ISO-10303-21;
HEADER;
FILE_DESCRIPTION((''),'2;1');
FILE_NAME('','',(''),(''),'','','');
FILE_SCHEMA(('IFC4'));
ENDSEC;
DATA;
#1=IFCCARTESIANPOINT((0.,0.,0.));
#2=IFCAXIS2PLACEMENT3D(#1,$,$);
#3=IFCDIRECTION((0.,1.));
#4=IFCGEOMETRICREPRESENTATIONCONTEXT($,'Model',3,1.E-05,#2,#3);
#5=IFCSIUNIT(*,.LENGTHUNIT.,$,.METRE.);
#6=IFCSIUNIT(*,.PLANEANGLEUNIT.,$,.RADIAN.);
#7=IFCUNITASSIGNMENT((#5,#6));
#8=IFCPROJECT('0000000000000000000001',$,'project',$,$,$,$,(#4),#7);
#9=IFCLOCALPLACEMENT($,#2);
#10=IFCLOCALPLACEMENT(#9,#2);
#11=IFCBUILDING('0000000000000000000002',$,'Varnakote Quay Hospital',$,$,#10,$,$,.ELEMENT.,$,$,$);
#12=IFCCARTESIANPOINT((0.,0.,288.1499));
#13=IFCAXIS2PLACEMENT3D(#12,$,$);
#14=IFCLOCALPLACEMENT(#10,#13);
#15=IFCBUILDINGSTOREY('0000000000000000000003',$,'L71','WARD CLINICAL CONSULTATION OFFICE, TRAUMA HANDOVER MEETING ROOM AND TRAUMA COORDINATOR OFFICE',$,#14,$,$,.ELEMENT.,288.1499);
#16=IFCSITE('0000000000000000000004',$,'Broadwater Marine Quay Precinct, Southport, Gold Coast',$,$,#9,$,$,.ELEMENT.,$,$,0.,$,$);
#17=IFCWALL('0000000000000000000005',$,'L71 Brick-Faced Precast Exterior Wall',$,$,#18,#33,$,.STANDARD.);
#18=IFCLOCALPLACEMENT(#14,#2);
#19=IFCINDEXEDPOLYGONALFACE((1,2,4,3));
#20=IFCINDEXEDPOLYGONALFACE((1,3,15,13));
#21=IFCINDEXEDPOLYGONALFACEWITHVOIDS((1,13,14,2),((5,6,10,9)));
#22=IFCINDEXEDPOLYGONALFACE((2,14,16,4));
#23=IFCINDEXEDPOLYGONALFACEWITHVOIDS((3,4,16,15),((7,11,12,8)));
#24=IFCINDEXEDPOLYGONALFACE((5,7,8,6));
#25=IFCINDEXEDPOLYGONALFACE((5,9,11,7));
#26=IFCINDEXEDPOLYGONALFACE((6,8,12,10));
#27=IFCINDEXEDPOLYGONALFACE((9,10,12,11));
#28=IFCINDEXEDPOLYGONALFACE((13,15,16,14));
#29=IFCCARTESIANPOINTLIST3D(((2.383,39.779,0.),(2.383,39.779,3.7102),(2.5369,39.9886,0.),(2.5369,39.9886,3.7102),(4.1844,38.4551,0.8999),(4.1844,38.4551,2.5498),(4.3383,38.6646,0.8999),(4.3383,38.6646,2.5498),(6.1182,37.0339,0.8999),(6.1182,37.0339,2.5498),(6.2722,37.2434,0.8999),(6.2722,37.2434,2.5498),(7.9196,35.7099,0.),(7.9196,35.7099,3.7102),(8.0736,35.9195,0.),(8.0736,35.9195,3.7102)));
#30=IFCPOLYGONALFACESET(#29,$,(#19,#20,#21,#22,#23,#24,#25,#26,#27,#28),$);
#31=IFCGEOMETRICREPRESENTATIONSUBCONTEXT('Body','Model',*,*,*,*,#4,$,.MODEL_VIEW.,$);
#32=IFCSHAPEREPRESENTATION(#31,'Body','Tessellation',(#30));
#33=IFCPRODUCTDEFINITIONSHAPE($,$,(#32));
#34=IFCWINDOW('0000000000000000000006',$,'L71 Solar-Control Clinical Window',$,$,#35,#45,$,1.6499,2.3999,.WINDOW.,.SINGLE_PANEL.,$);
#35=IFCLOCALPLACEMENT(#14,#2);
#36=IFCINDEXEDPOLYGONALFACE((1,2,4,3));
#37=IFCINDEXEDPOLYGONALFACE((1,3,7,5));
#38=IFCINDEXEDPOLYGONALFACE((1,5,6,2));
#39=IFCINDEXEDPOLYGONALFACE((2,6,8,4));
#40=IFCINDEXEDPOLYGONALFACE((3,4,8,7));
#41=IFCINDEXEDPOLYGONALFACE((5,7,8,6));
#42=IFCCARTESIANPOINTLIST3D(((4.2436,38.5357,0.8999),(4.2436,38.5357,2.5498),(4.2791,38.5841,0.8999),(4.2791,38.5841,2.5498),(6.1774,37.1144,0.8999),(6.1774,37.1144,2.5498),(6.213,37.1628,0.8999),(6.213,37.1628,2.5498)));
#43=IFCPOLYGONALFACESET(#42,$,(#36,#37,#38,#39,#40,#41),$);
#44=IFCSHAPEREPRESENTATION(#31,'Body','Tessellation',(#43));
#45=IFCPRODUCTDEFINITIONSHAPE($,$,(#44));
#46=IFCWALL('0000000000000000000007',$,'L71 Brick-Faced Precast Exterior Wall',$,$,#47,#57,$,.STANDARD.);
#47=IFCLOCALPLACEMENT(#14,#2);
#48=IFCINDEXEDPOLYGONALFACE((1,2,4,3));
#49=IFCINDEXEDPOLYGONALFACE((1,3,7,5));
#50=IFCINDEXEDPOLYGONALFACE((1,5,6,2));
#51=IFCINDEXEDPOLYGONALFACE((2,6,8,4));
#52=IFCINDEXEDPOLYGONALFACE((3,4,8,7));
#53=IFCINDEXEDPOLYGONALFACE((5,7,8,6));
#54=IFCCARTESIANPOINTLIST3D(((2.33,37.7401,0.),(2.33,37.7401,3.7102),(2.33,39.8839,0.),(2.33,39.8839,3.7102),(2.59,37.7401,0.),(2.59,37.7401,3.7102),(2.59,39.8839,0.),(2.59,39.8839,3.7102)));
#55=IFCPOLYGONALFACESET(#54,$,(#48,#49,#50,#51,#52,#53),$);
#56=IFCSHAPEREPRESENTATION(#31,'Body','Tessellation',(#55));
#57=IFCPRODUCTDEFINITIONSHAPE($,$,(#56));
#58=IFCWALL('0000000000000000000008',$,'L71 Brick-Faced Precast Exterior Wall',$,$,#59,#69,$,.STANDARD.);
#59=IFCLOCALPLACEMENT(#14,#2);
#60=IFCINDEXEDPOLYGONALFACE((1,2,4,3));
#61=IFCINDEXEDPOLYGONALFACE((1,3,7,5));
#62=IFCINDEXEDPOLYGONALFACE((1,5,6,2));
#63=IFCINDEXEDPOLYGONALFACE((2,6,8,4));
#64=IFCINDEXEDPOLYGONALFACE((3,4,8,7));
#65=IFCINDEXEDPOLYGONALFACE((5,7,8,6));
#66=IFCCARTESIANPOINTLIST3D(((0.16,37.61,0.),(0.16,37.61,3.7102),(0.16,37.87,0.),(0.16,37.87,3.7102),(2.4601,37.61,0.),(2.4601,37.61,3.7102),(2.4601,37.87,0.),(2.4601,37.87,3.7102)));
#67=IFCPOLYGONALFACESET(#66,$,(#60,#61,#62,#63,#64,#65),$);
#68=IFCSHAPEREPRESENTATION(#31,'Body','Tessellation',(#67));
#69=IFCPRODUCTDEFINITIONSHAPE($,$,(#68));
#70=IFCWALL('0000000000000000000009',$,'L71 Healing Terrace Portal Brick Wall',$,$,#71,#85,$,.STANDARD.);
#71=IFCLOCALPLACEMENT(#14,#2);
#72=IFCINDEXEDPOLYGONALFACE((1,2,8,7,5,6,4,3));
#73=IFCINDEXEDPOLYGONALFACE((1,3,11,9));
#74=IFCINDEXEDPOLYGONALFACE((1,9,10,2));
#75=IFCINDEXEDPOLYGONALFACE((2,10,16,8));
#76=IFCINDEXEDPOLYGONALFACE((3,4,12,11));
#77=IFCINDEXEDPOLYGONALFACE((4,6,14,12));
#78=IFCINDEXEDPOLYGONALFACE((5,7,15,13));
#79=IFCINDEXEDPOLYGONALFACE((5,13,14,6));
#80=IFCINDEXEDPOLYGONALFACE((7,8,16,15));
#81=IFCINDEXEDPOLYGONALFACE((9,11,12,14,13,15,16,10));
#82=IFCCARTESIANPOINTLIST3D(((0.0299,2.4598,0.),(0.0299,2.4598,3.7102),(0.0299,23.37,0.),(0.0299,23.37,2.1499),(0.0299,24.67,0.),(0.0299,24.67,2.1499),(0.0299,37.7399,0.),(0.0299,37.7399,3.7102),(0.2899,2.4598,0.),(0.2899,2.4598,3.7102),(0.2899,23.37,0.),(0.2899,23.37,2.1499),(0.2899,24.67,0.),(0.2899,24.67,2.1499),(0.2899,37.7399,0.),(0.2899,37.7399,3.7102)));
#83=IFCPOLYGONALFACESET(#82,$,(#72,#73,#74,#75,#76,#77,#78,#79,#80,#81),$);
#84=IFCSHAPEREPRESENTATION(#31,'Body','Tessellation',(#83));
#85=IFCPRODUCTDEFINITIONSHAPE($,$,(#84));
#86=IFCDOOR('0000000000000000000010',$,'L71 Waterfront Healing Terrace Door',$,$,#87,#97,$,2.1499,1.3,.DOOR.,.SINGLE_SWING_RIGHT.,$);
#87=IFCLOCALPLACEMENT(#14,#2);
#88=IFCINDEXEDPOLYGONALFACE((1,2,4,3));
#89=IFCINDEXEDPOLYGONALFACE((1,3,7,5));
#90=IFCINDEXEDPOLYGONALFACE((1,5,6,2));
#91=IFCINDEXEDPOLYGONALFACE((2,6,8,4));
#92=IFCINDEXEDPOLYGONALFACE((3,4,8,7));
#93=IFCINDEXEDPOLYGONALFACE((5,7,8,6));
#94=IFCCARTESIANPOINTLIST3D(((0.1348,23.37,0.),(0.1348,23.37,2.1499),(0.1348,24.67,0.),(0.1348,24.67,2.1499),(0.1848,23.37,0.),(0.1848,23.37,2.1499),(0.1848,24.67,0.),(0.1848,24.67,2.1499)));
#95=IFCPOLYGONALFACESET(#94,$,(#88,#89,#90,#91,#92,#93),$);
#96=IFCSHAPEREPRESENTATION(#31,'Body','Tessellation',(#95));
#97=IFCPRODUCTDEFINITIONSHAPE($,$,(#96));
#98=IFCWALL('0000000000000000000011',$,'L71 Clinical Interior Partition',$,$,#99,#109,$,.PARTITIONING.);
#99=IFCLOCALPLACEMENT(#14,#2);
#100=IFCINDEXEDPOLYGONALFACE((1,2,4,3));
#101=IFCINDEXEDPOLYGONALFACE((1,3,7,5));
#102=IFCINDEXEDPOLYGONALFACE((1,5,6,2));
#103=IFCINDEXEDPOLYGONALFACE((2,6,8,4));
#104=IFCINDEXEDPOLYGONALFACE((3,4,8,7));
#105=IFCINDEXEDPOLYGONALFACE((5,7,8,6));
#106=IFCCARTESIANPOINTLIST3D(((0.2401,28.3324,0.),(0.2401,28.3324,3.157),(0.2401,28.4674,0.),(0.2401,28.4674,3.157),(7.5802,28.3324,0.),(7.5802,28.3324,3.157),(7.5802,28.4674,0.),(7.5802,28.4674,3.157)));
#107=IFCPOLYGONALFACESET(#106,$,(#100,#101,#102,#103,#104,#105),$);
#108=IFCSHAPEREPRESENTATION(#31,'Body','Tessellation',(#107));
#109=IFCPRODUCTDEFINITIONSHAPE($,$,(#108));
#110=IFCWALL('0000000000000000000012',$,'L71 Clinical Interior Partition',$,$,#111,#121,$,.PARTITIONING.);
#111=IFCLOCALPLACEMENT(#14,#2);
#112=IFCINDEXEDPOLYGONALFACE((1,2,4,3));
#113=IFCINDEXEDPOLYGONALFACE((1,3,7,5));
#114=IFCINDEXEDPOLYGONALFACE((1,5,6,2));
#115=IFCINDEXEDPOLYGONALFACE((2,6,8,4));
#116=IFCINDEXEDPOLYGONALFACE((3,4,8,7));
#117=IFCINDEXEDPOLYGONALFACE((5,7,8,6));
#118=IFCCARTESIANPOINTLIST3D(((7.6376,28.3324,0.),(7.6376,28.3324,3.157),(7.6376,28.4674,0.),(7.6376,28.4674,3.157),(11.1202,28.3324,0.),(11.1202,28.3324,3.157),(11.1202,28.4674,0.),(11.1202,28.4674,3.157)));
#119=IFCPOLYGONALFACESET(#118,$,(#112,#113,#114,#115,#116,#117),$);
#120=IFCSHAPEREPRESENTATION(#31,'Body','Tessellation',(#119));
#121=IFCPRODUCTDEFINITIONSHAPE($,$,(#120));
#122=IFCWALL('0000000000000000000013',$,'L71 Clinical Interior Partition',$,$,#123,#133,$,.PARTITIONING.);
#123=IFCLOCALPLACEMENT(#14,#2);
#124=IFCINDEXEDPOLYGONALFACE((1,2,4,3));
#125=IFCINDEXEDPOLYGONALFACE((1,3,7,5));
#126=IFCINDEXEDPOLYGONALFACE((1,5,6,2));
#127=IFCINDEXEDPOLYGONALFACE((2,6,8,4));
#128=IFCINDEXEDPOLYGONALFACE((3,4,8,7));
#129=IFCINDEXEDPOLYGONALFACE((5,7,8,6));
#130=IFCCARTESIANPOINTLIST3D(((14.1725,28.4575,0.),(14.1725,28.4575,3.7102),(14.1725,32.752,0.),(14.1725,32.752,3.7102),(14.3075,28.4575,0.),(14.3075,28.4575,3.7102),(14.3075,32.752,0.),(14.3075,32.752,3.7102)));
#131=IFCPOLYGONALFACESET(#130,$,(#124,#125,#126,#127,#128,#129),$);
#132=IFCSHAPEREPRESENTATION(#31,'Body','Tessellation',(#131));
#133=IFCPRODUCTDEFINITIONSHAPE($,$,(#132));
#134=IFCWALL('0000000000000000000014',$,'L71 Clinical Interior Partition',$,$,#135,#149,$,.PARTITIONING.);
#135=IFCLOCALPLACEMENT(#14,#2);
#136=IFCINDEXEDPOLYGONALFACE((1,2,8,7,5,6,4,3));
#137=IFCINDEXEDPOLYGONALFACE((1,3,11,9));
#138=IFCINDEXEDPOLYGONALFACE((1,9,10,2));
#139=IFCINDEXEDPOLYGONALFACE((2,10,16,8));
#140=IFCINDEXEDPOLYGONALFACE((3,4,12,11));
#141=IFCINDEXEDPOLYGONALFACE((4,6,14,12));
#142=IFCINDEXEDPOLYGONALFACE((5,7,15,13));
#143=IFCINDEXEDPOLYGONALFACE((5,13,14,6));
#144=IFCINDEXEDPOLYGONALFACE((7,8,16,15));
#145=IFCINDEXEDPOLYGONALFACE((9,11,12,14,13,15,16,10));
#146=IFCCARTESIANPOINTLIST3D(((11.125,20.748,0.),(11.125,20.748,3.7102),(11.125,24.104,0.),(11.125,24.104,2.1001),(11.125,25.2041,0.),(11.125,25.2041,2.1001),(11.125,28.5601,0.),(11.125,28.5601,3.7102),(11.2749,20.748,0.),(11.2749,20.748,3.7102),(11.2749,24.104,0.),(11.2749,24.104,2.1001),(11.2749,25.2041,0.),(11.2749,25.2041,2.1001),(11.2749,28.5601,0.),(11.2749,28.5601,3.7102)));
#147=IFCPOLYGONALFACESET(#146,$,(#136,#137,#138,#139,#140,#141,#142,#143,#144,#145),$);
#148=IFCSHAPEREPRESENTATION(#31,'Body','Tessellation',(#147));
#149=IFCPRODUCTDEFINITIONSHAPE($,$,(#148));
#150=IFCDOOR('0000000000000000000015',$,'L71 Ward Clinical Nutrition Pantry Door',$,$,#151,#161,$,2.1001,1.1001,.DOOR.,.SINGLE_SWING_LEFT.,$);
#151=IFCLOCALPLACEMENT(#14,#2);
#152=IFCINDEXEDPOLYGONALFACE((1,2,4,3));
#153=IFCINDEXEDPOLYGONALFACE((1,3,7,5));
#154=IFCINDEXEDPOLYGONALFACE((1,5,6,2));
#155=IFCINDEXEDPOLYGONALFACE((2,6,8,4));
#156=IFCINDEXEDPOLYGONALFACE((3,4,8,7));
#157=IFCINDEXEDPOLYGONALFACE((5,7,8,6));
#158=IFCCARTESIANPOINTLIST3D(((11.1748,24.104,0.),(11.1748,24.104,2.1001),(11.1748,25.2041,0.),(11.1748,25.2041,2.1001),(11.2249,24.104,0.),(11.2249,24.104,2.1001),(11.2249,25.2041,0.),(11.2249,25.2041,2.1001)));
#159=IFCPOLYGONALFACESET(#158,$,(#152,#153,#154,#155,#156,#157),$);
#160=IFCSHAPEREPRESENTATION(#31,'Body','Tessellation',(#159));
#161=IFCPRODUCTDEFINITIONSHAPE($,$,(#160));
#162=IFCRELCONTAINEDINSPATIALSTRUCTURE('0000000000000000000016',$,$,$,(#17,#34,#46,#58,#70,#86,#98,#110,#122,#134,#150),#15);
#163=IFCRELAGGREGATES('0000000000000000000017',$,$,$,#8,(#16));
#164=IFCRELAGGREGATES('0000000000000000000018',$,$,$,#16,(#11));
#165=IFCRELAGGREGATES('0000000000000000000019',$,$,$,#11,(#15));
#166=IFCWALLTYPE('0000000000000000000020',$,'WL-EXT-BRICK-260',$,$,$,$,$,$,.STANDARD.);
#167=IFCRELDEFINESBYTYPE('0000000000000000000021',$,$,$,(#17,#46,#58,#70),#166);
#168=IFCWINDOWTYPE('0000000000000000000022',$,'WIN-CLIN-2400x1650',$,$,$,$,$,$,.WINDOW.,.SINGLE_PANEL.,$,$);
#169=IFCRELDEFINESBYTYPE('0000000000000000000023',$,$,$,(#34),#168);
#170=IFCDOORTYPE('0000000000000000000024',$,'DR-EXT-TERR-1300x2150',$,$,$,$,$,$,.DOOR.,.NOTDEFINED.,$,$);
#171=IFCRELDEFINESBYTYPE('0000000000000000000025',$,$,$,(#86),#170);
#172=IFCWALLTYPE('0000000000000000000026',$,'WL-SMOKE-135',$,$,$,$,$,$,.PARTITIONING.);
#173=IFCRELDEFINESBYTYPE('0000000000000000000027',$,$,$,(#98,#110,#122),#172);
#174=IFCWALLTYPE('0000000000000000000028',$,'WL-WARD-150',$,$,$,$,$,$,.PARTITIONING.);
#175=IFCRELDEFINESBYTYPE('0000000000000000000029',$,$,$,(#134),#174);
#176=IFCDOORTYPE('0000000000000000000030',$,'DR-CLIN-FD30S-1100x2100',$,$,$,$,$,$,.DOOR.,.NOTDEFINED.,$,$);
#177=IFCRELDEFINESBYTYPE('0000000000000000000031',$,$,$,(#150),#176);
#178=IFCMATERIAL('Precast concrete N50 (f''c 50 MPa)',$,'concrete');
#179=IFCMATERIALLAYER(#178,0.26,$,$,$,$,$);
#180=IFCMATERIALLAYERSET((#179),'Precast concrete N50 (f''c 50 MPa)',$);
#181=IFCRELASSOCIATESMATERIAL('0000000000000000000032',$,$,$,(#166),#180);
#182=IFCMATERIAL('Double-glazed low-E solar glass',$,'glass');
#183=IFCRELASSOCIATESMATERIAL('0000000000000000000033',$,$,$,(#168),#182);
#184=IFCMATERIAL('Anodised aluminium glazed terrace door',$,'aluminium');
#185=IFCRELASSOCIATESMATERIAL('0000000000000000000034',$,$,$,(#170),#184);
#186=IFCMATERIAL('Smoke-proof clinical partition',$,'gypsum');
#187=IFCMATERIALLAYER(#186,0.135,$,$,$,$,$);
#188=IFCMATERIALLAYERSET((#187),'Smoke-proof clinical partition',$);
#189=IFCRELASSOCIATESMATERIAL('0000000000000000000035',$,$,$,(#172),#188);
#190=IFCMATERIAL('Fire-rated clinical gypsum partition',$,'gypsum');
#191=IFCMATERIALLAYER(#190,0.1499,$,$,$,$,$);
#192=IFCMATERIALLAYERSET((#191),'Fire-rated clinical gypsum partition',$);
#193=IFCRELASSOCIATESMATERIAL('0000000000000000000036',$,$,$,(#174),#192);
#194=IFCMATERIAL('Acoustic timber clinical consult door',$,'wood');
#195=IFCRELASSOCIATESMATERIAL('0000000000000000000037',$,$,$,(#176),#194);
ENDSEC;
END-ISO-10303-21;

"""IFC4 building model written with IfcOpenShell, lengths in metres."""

from ifc_helpers import new_model, si_unit, direction, frame, frame_2d, origin, place, context, subcontext, project, spatial, rectangle, extrude, material, layer, layer_set, type_object, element, fill, save


model = new_model("IFC4")

# Units and contexts
model_context = context("Model", 3, precision=1e-05, world=origin(), true_north=direction((0.0, 1.0)))
body_context = subcontext(model_context, "Body", "Model", "MODEL_VIEW")
ifc_project = project(units=[si_unit("LENGTHUNIT", "METRE"), si_unit("PLANEANGLEUNIT", "RADIAN")], contexts=[model_context])

# Site, building, storey
site_placement = place(None, origin())
site = spatial("IfcSite", under=ifc_project, at=site_placement, Name="Broadwater Marine Quay Precinct, Southport, Gold Coast", CompositionType="ELEMENT", RefElevation=0.0)
building_placement = place(site_placement, origin())
building = spatial("IfcBuilding", under=site, at=building_placement, Name="Varnakote Quay Hospital", CompositionType="ELEMENT")
storey_placement = place(building_placement, frame((0.0, 0.0, 288.1499)))
storey = spatial("IfcBuildingStorey", under=building, at=storey_placement, Name="L71", Description="WARD CLINICAL CONSULTATION OFFICE, TRAUMA HANDOVER MEETING ROOM AND TRAUMA COORDINATOR OFFICE", CompositionType="ELEMENT", Elevation=288.1499)

# Wall, opening, window
ifc_material_1 = material(Name="Precast concrete N50 (f'c 50 MPa)", Category="concrete")
ifc_layer_1 = layer(ifc_material_1, 0.26)
ifc_layer_set_1 = layer_set([ifc_layer_1], Name="Precast concrete N50 (f'c 50 MPa)")
wall_type_1 = type_object("IfcWallType", Name="WL-EXT-BRICK-260", PredefinedType="STANDARD", material=ifc_layer_set_1)
ifc_material_2 = material(Name="Double-glazed low-E solar glass", Category="glass")
window_type = type_object("IfcWindowType", Name="WIN-CLIN-2400x1650", PartitioningType="SINGLE_PANEL", PredefinedType="WINDOW", material=ifc_material_2)
wall_1_placement = place(storey_placement, frame((7.9966, 35.8147, 0.0), z_axis=(0.0, 0.0, 1.0), x_axis=(-0.805787, 0.592206, 0.0)))
wall_1 = element("IfcWall", 1, at=wall_1_placement, inside=storey, type_object=wall_type_1, Name="L71 Brick-Faced Precast Exterior Wall", PredefinedType="STANDARD", context=body_context, shape_type="SweptSolid", body=[
    extrude(rectangle(XDim=6.8711, YDim=0.26, at=frame_2d((3.4355, 0.0))), origin(), (0.0, 0.0, 1.0), 3.7102),
])
opening_1_placement = place(wall_1_placement, frame((2.2356, 0.0, 0.8999)))
opening_1 = element("IfcOpeningElement", 2, at=opening_1_placement, cuts=wall_1, PredefinedType="OPENING", context=body_context, shape_type="SweptSolid", body=[
    extrude(rectangle(XDim=2.3999, YDim=1.6499, at=frame_2d((1.2, 0.825))), frame((0.0, 0.1399, 0.0), z_axis=(0.0, -1.0, 0.0), x_axis=(1.0, 0.0, 0.0)), (0.0, 0.0, 1.0), 0.28),
])
window_1_placement = place(opening_1_placement, origin())
window_1 = element("IfcWindow", 3, at=window_1_placement, inside=storey, type_object=window_type, Name="L71 Solar-Control Clinical Window", OverallHeight=1.6499, OverallWidth=2.3999, PartitioningType="SINGLE_PANEL", PredefinedType="WINDOW", context=body_context, shape_type="SweptSolid", body=[
    extrude(rectangle(XDim=2.3999, YDim=1.6499, at=frame_2d((1.2, 0.825))), frame((0.0, 0.03, 0.0), z_axis=(0.0, -1.0, 0.0), x_axis=(1.0, 0.0, 0.0)), (0.0, 0.0, 1.0), 0.0601),
])
fill(opening_1, window_1)

# Walls
wall_2_placement = place(storey_placement, frame((2.46, 39.8838, 0.0), z_axis=(0.0, 0.0, 1.0), x_axis=(0.0, -1.0, 0.0)))
element("IfcWall", 4, at=wall_2_placement, inside=storey, type_object=wall_type_1, Name="L71 Brick-Faced Precast Exterior Wall", PredefinedType="STANDARD", context=body_context, shape_type="SweptSolid", body=[
    extrude(rectangle(XDim=2.1438, YDim=0.26, at=frame_2d((1.0718, 0.0))), origin(), (0.0, 0.0, 1.0), 3.7102),
])
wall_3_placement = place(storey_placement, frame((2.46, 37.74, 0.0), z_axis=(0.0, 0.0, 1.0), x_axis=(-1.0, 0.0, 0.0)))
element("IfcWall", 5, at=wall_3_placement, inside=storey, type_object=wall_type_1, Name="L71 Brick-Faced Precast Exterior Wall", PredefinedType="STANDARD", context=body_context, shape_type="SweptSolid", body=[
    extrude(rectangle(XDim=2.3, YDim=0.26, at=frame_2d((1.1499, 0.0))), origin(), (0.0, 0.0, 1.0), 3.7102),
])

# Wall, opening, door
wall_4_placement = place(storey_placement, frame((0.1599, 37.74, 0.0), z_axis=(0.0, 0.0, 1.0), x_axis=(0.0, -1.0, 0.0)))
wall_4 = element("IfcWall", 6, at=wall_4_placement, inside=storey, type_object=wall_type_1, Name="L71 Healing Terrace Portal Brick Wall", PredefinedType="STANDARD", context=body_context, shape_type="SweptSolid", body=[
    extrude(rectangle(XDim=35.28, YDim=0.26, at=frame_2d((17.6401, 0.0))), origin(), (0.0, 0.0, 1.0), 3.7102),
])
opening_2_placement = place(wall_4_placement, frame((13.0701, 0.0, 0.0)))
opening_2 = element("IfcOpeningElement", 7, at=opening_2_placement, cuts=wall_4, PredefinedType="OPENING", context=body_context, shape_type="SweptSolid", body=[
    extrude(rectangle(XDim=1.3, YDim=2.1499, at=frame_2d((0.6499, 1.075))), frame((0.0, 0.1399, 0.0), z_axis=(0.0, -1.0, 0.0), x_axis=(1.0, 0.0, 0.0)), (0.0, 0.0, 1.0), 0.28),
])
ifc_material_3 = material(Name="Anodised aluminium glazed terrace door", Category="aluminium")
door_type_1 = type_object("IfcDoorType", Name="DR-EXT-TERR-1300x2150", OperationType="NOTDEFINED", PredefinedType="DOOR", material=ifc_material_3)
door_1_placement = place(opening_2_placement, origin())
door_1 = element("IfcDoor", 8, at=door_1_placement, inside=storey, type_object=door_type_1, Name="L71 Waterfront Healing Terrace Door", OperationType="SINGLE_SWING_RIGHT", OverallHeight=2.1499, OverallWidth=1.3, PredefinedType="DOOR", context=body_context, shape_type="SweptSolid", body=[
    extrude(rectangle(XDim=1.3, YDim=2.1499, at=frame_2d((0.6499, 1.075))), frame((0.0, 0.0249, 0.0), z_axis=(0.0, -1.0, 0.0), x_axis=(1.0, 0.0, 0.0)), (0.0, 0.0, 1.0), 0.05),
])
fill(opening_2, door_1)

# Walls
ifc_material_4 = material(Name="Smoke-proof clinical partition", Category="gypsum")
ifc_layer_2 = layer(ifc_material_4, 0.135)
ifc_layer_set_2 = layer_set([ifc_layer_2], Name="Smoke-proof clinical partition")
wall_type_2 = type_object("IfcWallType", Name="WL-SMOKE-135", PredefinedType="PARTITIONING", material=ifc_layer_set_2)
wall_5_placement = place(storey_placement, frame((7.5801, 28.3999, 0.0), z_axis=(0.0, 0.0, 1.0), x_axis=(-1.0, 0.0, 0.0)))
element("IfcWall", 9, at=wall_5_placement, inside=storey, type_object=wall_type_2, Name="L71 Clinical Interior Partition", PredefinedType="PARTITIONING", context=body_context, shape_type="SweptSolid", body=[
    extrude(rectangle(XDim=7.3401, YDim=0.135, at=frame_2d((3.6699, 0.0))), origin(), (0.0, 0.0, 1.0), 3.157),
])
wall_6_placement = place(storey_placement, frame((11.1201, 28.3999, 0.0), z_axis=(0.0, 0.0, 1.0), x_axis=(-1.0, 0.0, 0.0)))
element("IfcWall", 10, at=wall_6_placement, inside=storey, type_object=wall_type_2, Name="L71 Clinical Interior Partition", PredefinedType="PARTITIONING", context=body_context, shape_type="SweptSolid", body=[
    extrude(rectangle(XDim=3.4827, YDim=0.135, at=frame_2d((1.7412, 0.0))), origin(), (0.0, 0.0, 1.0), 3.157),
])
wall_7_placement = place(storey_placement, frame((14.24, 28.4575, 0.0), z_axis=(0.0, 0.0, 1.0), x_axis=(0.0, 1.0, 0.0)))
element("IfcWall", 11, at=wall_7_placement, inside=storey, type_object=wall_type_2, Name="L71 Clinical Interior Partition", PredefinedType="PARTITIONING", context=body_context, shape_type="SweptSolid", body=[
    extrude(rectangle(XDim=4.2944, YDim=0.135, at=frame_2d((2.1472, 0.0))), origin(), (0.0, 0.0, 1.0), 3.7102),
])

# Wall, opening, door
ifc_material_5 = material(Name="Fire-rated clinical gypsum partition", Category="gypsum")
ifc_layer_3 = layer(ifc_material_5, 0.1499)
ifc_layer_set_3 = layer_set([ifc_layer_3], Name="Fire-rated clinical gypsum partition")
wall_type_3 = type_object("IfcWallType", Name="WL-WARD-150", PredefinedType="PARTITIONING", material=ifc_layer_set_3)
wall_8_placement = place(storey_placement, frame((11.2, 28.5601, 0.0), z_axis=(0.0, 0.0, 1.0), x_axis=(0.0, -1.0, 0.0)))
wall_8 = element("IfcWall", 12, at=wall_8_placement, inside=storey, type_object=wall_type_3, Name="L71 Clinical Interior Partition", PredefinedType="PARTITIONING", context=body_context, shape_type="SweptSolid", body=[
    extrude(rectangle(XDim=7.812, YDim=0.1499, at=frame_2d((3.906, 0.0))), origin(), (0.0, 0.0, 1.0), 3.7102),
])
opening_3_placement = place(wall_8_placement, frame((3.356, 0.0, 0.0)))
opening_3 = element("IfcOpeningElement", 13, at=opening_3_placement, cuts=wall_8, PredefinedType="OPENING", context=body_context, shape_type="SweptSolid", body=[
    extrude(rectangle(XDim=1.1001, YDim=2.1001, at=frame_2d((0.55, 1.05))), frame((0.0, 0.085, 0.0), z_axis=(0.0, -1.0, 0.0), x_axis=(1.0, 0.0, 0.0)), (0.0, 0.0, 1.0), 0.1699),
])
ifc_material_6 = material(Name="Acoustic timber clinical consult door", Category="wood")
door_type_2 = type_object("IfcDoorType", Name="DR-CLIN-FD30S-1100x2100", OperationType="NOTDEFINED", PredefinedType="DOOR", material=ifc_material_6)
door_2_placement = place(opening_3_placement, origin())
door_2 = element("IfcDoor", 14, at=door_2_placement, inside=storey, type_object=door_type_2, Name="L71 Ward Clinical Nutrition Pantry Door", OperationType="SINGLE_SWING_LEFT", OverallHeight=2.1001, OverallWidth=1.1001, PredefinedType="DOOR", context=body_context, shape_type="SweptSolid", body=[
    extrude(rectangle(XDim=1.1001, YDim=2.1001, at=frame_2d((0.55, 1.05))), frame((0.0, 0.0249, 0.0), z_axis=(0.0, -1.0, 0.0), x_axis=(1.0, 0.0, 0.0)), (0.0, 0.0, 1.0), 0.05),
])
fill(opening_3, door_2)

save(model, "model.ifc")
